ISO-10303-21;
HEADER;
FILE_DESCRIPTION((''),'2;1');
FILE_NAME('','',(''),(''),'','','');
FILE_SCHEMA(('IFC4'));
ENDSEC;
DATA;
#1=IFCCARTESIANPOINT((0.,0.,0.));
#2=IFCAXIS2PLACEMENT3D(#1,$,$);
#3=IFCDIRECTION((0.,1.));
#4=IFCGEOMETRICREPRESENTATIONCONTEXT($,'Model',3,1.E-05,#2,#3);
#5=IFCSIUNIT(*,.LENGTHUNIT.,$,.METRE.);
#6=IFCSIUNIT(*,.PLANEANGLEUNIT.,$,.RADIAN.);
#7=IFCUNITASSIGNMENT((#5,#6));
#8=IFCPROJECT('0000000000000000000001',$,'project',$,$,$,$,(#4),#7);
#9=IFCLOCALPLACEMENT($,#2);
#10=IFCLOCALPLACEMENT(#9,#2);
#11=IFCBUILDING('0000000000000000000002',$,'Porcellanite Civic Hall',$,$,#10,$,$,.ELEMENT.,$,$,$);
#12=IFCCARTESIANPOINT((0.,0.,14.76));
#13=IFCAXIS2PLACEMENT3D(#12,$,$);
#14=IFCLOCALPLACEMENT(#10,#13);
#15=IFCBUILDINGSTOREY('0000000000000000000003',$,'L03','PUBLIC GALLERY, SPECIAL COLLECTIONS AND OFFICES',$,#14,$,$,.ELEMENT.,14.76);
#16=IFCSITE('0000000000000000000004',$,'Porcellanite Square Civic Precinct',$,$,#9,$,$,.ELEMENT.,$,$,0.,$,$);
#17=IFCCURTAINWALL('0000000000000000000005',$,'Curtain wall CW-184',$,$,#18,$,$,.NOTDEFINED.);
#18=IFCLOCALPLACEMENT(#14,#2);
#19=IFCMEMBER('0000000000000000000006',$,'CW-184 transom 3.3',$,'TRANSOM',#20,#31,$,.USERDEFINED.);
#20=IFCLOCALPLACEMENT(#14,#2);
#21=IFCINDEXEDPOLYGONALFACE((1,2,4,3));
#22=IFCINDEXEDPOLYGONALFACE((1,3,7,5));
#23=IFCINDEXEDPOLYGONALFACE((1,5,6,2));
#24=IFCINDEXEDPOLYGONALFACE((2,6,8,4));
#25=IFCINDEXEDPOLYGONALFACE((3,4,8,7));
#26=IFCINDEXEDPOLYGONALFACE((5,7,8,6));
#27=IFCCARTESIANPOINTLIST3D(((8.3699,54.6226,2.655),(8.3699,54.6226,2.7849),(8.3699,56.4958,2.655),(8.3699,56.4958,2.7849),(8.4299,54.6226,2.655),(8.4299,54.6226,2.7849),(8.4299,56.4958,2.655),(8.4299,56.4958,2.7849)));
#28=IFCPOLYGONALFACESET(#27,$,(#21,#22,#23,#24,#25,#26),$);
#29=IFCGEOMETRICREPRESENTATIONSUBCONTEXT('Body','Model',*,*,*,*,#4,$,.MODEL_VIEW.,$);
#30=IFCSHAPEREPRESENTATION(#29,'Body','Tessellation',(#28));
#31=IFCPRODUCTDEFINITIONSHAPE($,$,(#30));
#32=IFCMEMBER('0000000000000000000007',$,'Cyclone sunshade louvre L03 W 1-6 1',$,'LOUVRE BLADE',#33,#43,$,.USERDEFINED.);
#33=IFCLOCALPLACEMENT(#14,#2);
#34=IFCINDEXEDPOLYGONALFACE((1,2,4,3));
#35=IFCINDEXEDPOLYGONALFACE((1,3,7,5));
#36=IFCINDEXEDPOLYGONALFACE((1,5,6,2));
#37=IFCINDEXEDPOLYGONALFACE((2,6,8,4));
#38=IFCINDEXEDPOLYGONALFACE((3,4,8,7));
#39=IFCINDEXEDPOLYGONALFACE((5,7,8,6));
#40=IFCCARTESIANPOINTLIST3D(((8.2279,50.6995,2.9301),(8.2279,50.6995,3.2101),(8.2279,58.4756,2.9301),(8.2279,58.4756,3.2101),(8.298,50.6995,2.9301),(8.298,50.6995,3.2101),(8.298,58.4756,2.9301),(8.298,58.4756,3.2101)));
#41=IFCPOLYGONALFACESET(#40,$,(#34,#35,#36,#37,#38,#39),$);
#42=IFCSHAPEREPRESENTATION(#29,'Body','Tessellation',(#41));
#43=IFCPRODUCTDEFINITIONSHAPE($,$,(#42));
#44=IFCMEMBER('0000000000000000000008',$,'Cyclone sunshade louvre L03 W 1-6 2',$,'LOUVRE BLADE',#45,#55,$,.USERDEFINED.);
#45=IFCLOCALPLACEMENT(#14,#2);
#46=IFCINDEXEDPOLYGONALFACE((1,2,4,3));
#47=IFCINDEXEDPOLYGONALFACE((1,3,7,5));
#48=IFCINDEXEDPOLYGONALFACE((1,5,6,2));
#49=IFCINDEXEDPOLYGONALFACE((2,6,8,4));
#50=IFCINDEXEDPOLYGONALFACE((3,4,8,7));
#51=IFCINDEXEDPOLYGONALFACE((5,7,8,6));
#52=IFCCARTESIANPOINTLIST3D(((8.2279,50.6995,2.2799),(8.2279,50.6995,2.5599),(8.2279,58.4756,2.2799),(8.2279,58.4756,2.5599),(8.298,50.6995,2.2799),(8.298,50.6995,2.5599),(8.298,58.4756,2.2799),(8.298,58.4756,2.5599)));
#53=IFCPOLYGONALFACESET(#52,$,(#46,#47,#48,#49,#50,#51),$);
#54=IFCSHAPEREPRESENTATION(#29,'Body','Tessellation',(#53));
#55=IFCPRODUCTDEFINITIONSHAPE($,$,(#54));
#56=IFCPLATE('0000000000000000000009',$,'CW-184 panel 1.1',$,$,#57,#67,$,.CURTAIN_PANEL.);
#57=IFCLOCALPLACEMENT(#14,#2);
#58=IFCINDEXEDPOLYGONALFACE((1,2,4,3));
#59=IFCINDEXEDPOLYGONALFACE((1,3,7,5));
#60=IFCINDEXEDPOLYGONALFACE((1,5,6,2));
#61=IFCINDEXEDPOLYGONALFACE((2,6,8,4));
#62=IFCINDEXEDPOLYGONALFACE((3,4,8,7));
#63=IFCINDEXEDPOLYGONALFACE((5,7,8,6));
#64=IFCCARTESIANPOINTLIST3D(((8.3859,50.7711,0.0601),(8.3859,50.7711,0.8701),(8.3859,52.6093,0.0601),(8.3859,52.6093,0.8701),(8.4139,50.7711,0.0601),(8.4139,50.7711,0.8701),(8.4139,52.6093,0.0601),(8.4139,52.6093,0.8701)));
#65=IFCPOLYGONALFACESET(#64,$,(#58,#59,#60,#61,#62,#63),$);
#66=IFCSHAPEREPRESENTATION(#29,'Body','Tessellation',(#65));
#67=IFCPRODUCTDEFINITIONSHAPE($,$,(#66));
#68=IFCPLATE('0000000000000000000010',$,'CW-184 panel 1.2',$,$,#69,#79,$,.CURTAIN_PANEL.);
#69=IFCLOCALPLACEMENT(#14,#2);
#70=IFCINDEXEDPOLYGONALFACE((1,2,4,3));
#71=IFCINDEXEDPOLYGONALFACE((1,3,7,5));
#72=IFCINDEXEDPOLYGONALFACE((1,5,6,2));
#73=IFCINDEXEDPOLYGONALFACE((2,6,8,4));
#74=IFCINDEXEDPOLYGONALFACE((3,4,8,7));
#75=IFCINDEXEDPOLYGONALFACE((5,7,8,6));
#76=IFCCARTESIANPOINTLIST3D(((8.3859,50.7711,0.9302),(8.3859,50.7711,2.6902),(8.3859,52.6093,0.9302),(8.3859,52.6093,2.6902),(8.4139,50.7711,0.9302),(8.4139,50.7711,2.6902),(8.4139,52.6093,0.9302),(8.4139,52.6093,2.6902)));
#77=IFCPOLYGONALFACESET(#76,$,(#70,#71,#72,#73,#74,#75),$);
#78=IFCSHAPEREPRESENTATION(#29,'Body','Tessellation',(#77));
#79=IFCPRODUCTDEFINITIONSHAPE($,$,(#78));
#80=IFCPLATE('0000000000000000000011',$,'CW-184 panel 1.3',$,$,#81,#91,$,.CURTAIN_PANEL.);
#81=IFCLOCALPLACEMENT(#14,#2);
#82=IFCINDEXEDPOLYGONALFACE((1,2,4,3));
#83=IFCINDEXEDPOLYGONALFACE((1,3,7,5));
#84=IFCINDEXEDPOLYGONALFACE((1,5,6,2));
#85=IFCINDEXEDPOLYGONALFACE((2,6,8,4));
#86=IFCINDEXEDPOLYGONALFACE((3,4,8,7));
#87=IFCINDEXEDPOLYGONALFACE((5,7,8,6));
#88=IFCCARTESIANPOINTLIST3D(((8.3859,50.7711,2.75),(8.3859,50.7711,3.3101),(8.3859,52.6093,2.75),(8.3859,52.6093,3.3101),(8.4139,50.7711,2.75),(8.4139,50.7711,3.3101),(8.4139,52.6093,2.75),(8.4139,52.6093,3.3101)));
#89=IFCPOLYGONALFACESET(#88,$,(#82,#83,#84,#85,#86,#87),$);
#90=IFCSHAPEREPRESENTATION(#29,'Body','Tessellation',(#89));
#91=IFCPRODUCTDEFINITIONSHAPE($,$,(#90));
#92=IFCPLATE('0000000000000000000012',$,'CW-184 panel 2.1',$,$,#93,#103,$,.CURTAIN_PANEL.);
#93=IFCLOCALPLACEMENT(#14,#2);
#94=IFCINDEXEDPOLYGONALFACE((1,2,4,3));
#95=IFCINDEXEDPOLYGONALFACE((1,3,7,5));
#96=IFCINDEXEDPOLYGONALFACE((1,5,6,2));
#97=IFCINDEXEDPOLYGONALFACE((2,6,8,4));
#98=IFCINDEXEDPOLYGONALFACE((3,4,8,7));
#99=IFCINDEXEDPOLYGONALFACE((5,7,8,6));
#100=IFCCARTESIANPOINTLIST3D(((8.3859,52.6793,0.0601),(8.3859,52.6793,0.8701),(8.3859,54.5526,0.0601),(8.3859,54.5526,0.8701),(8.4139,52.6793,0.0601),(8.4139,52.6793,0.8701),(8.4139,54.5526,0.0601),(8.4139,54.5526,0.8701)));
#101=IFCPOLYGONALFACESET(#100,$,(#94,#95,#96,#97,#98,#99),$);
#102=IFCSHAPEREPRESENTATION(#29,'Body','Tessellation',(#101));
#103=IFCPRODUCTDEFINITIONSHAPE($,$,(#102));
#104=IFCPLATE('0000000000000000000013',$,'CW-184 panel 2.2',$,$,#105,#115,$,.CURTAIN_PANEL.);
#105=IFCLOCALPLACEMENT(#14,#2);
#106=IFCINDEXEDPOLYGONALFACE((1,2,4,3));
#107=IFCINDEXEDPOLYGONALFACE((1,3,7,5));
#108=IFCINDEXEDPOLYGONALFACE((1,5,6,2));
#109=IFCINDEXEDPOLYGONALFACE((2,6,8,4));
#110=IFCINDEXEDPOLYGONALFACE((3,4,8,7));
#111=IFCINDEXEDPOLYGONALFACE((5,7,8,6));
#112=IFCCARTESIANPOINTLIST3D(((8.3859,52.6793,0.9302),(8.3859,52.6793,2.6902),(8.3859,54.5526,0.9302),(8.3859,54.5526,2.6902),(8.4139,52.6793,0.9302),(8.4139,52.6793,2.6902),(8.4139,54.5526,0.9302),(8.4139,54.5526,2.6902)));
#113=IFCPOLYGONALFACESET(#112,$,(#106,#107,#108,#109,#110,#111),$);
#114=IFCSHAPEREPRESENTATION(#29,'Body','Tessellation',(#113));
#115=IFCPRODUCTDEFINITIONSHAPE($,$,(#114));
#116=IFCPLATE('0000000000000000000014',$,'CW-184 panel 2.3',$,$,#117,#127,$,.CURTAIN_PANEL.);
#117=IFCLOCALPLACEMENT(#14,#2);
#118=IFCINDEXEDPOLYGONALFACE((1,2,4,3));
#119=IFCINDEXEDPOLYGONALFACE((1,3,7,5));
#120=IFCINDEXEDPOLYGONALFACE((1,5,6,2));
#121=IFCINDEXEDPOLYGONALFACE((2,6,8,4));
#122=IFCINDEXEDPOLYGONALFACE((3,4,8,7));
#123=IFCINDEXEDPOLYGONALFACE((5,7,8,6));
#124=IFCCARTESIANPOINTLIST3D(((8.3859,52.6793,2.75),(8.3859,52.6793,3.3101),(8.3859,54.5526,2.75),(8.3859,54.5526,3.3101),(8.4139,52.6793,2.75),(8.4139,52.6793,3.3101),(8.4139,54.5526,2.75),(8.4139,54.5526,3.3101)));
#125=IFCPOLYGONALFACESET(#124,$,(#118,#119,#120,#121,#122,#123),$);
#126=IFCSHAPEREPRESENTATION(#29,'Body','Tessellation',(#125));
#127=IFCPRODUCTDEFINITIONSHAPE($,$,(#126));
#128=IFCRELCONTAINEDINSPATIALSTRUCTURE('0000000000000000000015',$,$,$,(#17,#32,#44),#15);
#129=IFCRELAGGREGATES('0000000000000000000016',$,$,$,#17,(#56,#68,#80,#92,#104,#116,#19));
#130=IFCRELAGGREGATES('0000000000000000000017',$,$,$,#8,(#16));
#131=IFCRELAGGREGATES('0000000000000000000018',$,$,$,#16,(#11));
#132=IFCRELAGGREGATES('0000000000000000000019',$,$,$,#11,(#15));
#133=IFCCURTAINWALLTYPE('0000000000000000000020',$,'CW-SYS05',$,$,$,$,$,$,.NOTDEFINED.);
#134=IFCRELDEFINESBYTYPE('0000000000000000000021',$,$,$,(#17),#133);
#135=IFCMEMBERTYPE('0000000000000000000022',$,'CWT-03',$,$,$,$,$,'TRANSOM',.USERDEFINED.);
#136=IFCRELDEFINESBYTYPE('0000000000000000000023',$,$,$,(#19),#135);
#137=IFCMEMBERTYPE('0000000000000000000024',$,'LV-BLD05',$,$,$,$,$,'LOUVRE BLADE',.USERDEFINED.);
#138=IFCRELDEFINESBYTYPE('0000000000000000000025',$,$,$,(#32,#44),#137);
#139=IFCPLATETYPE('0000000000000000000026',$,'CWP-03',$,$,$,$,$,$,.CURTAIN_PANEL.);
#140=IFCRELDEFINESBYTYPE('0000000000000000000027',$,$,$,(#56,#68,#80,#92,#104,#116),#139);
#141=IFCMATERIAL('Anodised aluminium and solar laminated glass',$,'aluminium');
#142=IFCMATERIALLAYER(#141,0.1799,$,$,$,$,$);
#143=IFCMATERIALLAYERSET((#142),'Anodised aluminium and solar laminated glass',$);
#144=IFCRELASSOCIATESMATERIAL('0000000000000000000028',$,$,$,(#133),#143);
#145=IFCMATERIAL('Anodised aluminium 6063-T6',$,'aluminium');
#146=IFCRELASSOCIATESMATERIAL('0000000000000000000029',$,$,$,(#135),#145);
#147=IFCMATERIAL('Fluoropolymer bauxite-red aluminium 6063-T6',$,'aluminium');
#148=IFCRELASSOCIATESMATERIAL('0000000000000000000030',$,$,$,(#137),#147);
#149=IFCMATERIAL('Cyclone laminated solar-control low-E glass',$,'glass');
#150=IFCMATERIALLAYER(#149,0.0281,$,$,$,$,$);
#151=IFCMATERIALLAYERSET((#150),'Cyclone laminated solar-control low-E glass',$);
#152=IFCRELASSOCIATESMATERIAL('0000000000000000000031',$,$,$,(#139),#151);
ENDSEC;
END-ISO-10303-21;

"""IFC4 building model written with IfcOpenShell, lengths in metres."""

from ifc_helpers import new_model, si_unit, direction, frame, origin, origin_2d, place, context, subcontext, project, spatial, rectangle, extrude, material, layer, layer_set, material_profile, profile_set, type_object, element, aggregate, save


model = new_model("IFC4")

# Units and contexts
model_context = context("Model", 3, precision=1e-05, world=origin(), true_north=direction((0.0, 1.0)))
body_context = subcontext(model_context, "Body", "Model", "MODEL_VIEW")
ifc_project = project(units=[si_unit("LENGTHUNIT", "METRE"), si_unit("PLANEANGLEUNIT", "RADIAN")], contexts=[model_context])

# Site, building, storey
site_placement = place(None, origin())
site = spatial("IfcSite", under=ifc_project, at=site_placement, Name="Porcellanite Square Civic Precinct", CompositionType="ELEMENT", RefElevation=0.0)
building_placement = place(site_placement, origin())
building = spatial("IfcBuilding", under=site, at=building_placement, Name="Porcellanite Civic Hall", CompositionType="ELEMENT")
storey_placement = place(building_placement, frame((0.0, 0.0, 14.76)))
storey = spatial("IfcBuildingStorey", under=building, at=storey_placement, Name="L03", Description="PUBLIC GALLERY, SPECIAL COLLECTIONS AND OFFICES", CompositionType="ELEMENT", Elevation=14.76)

# Curtain wall, member
ifc_material_1 = material(Name="Anodised aluminium and solar laminated glass", Category="aluminium")
ifc_layer_1 = layer(ifc_material_1, 0.1799)
ifc_layer_set_1 = layer_set([ifc_layer_1], Name="Anodised aluminium and solar laminated glass")
curtain_wall_type = type_object("IfcCurtainWallType", Name="CW-SYS05", PredefinedType="NOTDEFINED", material=ifc_layer_set_1)
curtain_wall_placement = place(storey_placement, origin())
curtain_wall = element("IfcCurtainWall", 1, at=curtain_wall_placement, inside=storey, type_object=curtain_wall_type, Name="Curtain wall CW-184", PredefinedType="NOTDEFINED")
ifc_material_2 = material(Name="Anodised aluminium 6063-T6", Category="aluminium")
ifc_material_profile_1 = material_profile(ifc_material_2, rectangle(XDim=0.0601, YDim=0.1299, at=origin_2d()), Name="AL-60x130")
ifc_profile_set_1 = profile_set([ifc_material_profile_1], Name="Anodised aluminium 6063-T6")
member_type_1 = type_object("IfcMemberType", Name="CWT-03", ElementType="TRANSOM", PredefinedType="USERDEFINED", material=ifc_profile_set_1)
member_1_placement = place(storey_placement, frame((8.3999, 54.6226, 2.72), z_axis=(0.0, 1.0, 0.0), x_axis=(-1.0, 0.0, 0.0)))
member_1 = element("IfcMember", 2, at=member_1_placement, type_object=member_type_1, Name="CW-184 transom 3.3", ObjectType="TRANSOM", PredefinedType="USERDEFINED", context=body_context, shape_type="SweptSolid", body=[
    extrude(rectangle(XDim=0.0601, YDim=0.1299, at=origin_2d()), origin(), (0.0, 0.0, 1.0), 1.8733),
])

# Members
ifc_material_3 = material(Name="Fluoropolymer bauxite-red aluminium 6063-T6", Category="aluminium")
ifc_material_profile_2 = material_profile(ifc_material_3, rectangle(XDim=0.0701, YDim=0.28, at=origin_2d()), Name="AL-70x280")
ifc_profile_set_2 = profile_set([ifc_material_profile_2], Name="Fluoropolymer bauxite-red aluminium 6063-T6")
member_type_2 = type_object("IfcMemberType", Name="LV-BLD05", ElementType="LOUVRE BLADE", PredefinedType="USERDEFINED", material=ifc_profile_set_2)
for number, where, z_axis, x_axis, name in (
    (3, (8.2629, 50.6995, 3.0701), (0.0, 1.0, 0.0), (-1.0, 0.0, 0.0), "Cyclone sunshade louvre L03 W 1-6 1"),
    (4, (8.2629, 50.6995, 2.4199), (0.0, 1.0, 0.0), (-1.0, 0.0, 0.0), "Cyclone sunshade louvre L03 W 1-6 2"),
):
    element("IfcMember", number, at=place(storey_placement, frame(where, z_axis=z_axis, x_axis=x_axis)), inside=storey, type_object=member_type_2, Name=name, ObjectType="LOUVRE BLADE", PredefinedType="USERDEFINED", context=body_context, shape_type="SweptSolid", body=[
        extrude(rectangle(XDim=0.0701, YDim=0.28, at=origin_2d()), origin(), (0.0, 0.0, 1.0), 7.7761),
    ])

# Plates
ifc_material_4 = material(Name="Cyclone laminated solar-control low-E glass", Category="glass")
ifc_layer_2 = layer(ifc_material_4, 0.0281)
ifc_layer_set_2 = layer_set([ifc_layer_2], Name="Cyclone laminated solar-control low-E glass")
plate_type = type_object("IfcPlateType", Name="CWP-03", PredefinedType="CURTAIN_PANEL", material=ifc_layer_set_2)
plate_1_placement = place(storey_placement, frame((8.3999, 51.6902, 0.0601), z_axis=(0.0, 0.0, 1.0), x_axis=(0.0, 1.0, 0.0)))
plate_1 = element("IfcPlate", 5, at=plate_1_placement, type_object=plate_type, Name="CW-184 panel 1.1", PredefinedType="CURTAIN_PANEL", context=body_context, shape_type="SweptSolid", body=[
    extrude(rectangle(XDim=1.8381, YDim=0.0281, at=origin_2d()), origin(), (0.0, 0.0, 1.0), 0.8101),
])
plate_2_placement = place(storey_placement, frame((8.3999, 51.6902, 0.9302), z_axis=(0.0, 0.0, 1.0), x_axis=(0.0, 1.0, 0.0)))
plate_2 = element("IfcPlate", 6, at=plate_2_placement, type_object=plate_type, Name="CW-184 panel 1.2", PredefinedType="CURTAIN_PANEL", context=body_context, shape_type="SweptSolid", body=[
    extrude(rectangle(XDim=1.8381, YDim=0.0281, at=origin_2d()), origin(), (0.0, 0.0, 1.0), 1.76),
])
plate_3_placement = place(storey_placement, frame((8.3999, 51.6902, 2.75), z_axis=(0.0, 0.0, 1.0), x_axis=(0.0, 1.0, 0.0)))
plate_3 = element("IfcPlate", 7, at=plate_3_placement, type_object=plate_type, Name="CW-184 panel 1.3", PredefinedType="CURTAIN_PANEL", context=body_context, shape_type="SweptSolid", body=[
    extrude(rectangle(XDim=1.8381, YDim=0.0281, at=origin_2d()), origin(), (0.0, 0.0, 1.0), 0.5601),
])
plate_4_placement = place(storey_placement, frame((8.3999, 53.616, 0.0601), z_axis=(0.0, 0.0, 1.0), x_axis=(0.0, 1.0, 0.0)))
plate_4 = element("IfcPlate", 8, at=plate_4_placement, type_object=plate_type, Name="CW-184 panel 2.1", PredefinedType="CURTAIN_PANEL", context=body_context, shape_type="SweptSolid", body=[
    extrude(rectangle(XDim=1.8733, YDim=0.0281, at=origin_2d()), origin(), (0.0, 0.0, 1.0), 0.8101),
])
plate_5_placement = place(storey_placement, frame((8.3999, 53.616, 0.9302), z_axis=(0.0, 0.0, 1.0), x_axis=(0.0, 1.0, 0.0)))
plate_5 = element("IfcPlate", 9, at=plate_5_placement, type_object=plate_type, Name="CW-184 panel 2.2", PredefinedType="CURTAIN_PANEL", context=body_context, shape_type="SweptSolid", body=[
    extrude(rectangle(XDim=1.8733, YDim=0.0281, at=origin_2d()), origin(), (0.0, 0.0, 1.0), 1.76),
])
plate_6_placement = place(storey_placement, frame((8.3999, 53.616, 2.75), z_axis=(0.0, 0.0, 1.0), x_axis=(0.0, 1.0, 0.0)))
plate_6 = element("IfcPlate", 10, at=plate_6_placement, type_object=plate_type, Name="CW-184 panel 2.3", PredefinedType="CURTAIN_PANEL", context=body_context, shape_type="SweptSolid", body=[
    extrude(rectangle(XDim=1.8733, YDim=0.0281, at=origin_2d()), origin(), (0.0, 0.0, 1.0), 0.5601),
])
aggregate(curtain_wall, [plate_1, plate_2, plate_3, plate_4, plate_5, plate_6, member_1])

save(model, "model.ifc")
